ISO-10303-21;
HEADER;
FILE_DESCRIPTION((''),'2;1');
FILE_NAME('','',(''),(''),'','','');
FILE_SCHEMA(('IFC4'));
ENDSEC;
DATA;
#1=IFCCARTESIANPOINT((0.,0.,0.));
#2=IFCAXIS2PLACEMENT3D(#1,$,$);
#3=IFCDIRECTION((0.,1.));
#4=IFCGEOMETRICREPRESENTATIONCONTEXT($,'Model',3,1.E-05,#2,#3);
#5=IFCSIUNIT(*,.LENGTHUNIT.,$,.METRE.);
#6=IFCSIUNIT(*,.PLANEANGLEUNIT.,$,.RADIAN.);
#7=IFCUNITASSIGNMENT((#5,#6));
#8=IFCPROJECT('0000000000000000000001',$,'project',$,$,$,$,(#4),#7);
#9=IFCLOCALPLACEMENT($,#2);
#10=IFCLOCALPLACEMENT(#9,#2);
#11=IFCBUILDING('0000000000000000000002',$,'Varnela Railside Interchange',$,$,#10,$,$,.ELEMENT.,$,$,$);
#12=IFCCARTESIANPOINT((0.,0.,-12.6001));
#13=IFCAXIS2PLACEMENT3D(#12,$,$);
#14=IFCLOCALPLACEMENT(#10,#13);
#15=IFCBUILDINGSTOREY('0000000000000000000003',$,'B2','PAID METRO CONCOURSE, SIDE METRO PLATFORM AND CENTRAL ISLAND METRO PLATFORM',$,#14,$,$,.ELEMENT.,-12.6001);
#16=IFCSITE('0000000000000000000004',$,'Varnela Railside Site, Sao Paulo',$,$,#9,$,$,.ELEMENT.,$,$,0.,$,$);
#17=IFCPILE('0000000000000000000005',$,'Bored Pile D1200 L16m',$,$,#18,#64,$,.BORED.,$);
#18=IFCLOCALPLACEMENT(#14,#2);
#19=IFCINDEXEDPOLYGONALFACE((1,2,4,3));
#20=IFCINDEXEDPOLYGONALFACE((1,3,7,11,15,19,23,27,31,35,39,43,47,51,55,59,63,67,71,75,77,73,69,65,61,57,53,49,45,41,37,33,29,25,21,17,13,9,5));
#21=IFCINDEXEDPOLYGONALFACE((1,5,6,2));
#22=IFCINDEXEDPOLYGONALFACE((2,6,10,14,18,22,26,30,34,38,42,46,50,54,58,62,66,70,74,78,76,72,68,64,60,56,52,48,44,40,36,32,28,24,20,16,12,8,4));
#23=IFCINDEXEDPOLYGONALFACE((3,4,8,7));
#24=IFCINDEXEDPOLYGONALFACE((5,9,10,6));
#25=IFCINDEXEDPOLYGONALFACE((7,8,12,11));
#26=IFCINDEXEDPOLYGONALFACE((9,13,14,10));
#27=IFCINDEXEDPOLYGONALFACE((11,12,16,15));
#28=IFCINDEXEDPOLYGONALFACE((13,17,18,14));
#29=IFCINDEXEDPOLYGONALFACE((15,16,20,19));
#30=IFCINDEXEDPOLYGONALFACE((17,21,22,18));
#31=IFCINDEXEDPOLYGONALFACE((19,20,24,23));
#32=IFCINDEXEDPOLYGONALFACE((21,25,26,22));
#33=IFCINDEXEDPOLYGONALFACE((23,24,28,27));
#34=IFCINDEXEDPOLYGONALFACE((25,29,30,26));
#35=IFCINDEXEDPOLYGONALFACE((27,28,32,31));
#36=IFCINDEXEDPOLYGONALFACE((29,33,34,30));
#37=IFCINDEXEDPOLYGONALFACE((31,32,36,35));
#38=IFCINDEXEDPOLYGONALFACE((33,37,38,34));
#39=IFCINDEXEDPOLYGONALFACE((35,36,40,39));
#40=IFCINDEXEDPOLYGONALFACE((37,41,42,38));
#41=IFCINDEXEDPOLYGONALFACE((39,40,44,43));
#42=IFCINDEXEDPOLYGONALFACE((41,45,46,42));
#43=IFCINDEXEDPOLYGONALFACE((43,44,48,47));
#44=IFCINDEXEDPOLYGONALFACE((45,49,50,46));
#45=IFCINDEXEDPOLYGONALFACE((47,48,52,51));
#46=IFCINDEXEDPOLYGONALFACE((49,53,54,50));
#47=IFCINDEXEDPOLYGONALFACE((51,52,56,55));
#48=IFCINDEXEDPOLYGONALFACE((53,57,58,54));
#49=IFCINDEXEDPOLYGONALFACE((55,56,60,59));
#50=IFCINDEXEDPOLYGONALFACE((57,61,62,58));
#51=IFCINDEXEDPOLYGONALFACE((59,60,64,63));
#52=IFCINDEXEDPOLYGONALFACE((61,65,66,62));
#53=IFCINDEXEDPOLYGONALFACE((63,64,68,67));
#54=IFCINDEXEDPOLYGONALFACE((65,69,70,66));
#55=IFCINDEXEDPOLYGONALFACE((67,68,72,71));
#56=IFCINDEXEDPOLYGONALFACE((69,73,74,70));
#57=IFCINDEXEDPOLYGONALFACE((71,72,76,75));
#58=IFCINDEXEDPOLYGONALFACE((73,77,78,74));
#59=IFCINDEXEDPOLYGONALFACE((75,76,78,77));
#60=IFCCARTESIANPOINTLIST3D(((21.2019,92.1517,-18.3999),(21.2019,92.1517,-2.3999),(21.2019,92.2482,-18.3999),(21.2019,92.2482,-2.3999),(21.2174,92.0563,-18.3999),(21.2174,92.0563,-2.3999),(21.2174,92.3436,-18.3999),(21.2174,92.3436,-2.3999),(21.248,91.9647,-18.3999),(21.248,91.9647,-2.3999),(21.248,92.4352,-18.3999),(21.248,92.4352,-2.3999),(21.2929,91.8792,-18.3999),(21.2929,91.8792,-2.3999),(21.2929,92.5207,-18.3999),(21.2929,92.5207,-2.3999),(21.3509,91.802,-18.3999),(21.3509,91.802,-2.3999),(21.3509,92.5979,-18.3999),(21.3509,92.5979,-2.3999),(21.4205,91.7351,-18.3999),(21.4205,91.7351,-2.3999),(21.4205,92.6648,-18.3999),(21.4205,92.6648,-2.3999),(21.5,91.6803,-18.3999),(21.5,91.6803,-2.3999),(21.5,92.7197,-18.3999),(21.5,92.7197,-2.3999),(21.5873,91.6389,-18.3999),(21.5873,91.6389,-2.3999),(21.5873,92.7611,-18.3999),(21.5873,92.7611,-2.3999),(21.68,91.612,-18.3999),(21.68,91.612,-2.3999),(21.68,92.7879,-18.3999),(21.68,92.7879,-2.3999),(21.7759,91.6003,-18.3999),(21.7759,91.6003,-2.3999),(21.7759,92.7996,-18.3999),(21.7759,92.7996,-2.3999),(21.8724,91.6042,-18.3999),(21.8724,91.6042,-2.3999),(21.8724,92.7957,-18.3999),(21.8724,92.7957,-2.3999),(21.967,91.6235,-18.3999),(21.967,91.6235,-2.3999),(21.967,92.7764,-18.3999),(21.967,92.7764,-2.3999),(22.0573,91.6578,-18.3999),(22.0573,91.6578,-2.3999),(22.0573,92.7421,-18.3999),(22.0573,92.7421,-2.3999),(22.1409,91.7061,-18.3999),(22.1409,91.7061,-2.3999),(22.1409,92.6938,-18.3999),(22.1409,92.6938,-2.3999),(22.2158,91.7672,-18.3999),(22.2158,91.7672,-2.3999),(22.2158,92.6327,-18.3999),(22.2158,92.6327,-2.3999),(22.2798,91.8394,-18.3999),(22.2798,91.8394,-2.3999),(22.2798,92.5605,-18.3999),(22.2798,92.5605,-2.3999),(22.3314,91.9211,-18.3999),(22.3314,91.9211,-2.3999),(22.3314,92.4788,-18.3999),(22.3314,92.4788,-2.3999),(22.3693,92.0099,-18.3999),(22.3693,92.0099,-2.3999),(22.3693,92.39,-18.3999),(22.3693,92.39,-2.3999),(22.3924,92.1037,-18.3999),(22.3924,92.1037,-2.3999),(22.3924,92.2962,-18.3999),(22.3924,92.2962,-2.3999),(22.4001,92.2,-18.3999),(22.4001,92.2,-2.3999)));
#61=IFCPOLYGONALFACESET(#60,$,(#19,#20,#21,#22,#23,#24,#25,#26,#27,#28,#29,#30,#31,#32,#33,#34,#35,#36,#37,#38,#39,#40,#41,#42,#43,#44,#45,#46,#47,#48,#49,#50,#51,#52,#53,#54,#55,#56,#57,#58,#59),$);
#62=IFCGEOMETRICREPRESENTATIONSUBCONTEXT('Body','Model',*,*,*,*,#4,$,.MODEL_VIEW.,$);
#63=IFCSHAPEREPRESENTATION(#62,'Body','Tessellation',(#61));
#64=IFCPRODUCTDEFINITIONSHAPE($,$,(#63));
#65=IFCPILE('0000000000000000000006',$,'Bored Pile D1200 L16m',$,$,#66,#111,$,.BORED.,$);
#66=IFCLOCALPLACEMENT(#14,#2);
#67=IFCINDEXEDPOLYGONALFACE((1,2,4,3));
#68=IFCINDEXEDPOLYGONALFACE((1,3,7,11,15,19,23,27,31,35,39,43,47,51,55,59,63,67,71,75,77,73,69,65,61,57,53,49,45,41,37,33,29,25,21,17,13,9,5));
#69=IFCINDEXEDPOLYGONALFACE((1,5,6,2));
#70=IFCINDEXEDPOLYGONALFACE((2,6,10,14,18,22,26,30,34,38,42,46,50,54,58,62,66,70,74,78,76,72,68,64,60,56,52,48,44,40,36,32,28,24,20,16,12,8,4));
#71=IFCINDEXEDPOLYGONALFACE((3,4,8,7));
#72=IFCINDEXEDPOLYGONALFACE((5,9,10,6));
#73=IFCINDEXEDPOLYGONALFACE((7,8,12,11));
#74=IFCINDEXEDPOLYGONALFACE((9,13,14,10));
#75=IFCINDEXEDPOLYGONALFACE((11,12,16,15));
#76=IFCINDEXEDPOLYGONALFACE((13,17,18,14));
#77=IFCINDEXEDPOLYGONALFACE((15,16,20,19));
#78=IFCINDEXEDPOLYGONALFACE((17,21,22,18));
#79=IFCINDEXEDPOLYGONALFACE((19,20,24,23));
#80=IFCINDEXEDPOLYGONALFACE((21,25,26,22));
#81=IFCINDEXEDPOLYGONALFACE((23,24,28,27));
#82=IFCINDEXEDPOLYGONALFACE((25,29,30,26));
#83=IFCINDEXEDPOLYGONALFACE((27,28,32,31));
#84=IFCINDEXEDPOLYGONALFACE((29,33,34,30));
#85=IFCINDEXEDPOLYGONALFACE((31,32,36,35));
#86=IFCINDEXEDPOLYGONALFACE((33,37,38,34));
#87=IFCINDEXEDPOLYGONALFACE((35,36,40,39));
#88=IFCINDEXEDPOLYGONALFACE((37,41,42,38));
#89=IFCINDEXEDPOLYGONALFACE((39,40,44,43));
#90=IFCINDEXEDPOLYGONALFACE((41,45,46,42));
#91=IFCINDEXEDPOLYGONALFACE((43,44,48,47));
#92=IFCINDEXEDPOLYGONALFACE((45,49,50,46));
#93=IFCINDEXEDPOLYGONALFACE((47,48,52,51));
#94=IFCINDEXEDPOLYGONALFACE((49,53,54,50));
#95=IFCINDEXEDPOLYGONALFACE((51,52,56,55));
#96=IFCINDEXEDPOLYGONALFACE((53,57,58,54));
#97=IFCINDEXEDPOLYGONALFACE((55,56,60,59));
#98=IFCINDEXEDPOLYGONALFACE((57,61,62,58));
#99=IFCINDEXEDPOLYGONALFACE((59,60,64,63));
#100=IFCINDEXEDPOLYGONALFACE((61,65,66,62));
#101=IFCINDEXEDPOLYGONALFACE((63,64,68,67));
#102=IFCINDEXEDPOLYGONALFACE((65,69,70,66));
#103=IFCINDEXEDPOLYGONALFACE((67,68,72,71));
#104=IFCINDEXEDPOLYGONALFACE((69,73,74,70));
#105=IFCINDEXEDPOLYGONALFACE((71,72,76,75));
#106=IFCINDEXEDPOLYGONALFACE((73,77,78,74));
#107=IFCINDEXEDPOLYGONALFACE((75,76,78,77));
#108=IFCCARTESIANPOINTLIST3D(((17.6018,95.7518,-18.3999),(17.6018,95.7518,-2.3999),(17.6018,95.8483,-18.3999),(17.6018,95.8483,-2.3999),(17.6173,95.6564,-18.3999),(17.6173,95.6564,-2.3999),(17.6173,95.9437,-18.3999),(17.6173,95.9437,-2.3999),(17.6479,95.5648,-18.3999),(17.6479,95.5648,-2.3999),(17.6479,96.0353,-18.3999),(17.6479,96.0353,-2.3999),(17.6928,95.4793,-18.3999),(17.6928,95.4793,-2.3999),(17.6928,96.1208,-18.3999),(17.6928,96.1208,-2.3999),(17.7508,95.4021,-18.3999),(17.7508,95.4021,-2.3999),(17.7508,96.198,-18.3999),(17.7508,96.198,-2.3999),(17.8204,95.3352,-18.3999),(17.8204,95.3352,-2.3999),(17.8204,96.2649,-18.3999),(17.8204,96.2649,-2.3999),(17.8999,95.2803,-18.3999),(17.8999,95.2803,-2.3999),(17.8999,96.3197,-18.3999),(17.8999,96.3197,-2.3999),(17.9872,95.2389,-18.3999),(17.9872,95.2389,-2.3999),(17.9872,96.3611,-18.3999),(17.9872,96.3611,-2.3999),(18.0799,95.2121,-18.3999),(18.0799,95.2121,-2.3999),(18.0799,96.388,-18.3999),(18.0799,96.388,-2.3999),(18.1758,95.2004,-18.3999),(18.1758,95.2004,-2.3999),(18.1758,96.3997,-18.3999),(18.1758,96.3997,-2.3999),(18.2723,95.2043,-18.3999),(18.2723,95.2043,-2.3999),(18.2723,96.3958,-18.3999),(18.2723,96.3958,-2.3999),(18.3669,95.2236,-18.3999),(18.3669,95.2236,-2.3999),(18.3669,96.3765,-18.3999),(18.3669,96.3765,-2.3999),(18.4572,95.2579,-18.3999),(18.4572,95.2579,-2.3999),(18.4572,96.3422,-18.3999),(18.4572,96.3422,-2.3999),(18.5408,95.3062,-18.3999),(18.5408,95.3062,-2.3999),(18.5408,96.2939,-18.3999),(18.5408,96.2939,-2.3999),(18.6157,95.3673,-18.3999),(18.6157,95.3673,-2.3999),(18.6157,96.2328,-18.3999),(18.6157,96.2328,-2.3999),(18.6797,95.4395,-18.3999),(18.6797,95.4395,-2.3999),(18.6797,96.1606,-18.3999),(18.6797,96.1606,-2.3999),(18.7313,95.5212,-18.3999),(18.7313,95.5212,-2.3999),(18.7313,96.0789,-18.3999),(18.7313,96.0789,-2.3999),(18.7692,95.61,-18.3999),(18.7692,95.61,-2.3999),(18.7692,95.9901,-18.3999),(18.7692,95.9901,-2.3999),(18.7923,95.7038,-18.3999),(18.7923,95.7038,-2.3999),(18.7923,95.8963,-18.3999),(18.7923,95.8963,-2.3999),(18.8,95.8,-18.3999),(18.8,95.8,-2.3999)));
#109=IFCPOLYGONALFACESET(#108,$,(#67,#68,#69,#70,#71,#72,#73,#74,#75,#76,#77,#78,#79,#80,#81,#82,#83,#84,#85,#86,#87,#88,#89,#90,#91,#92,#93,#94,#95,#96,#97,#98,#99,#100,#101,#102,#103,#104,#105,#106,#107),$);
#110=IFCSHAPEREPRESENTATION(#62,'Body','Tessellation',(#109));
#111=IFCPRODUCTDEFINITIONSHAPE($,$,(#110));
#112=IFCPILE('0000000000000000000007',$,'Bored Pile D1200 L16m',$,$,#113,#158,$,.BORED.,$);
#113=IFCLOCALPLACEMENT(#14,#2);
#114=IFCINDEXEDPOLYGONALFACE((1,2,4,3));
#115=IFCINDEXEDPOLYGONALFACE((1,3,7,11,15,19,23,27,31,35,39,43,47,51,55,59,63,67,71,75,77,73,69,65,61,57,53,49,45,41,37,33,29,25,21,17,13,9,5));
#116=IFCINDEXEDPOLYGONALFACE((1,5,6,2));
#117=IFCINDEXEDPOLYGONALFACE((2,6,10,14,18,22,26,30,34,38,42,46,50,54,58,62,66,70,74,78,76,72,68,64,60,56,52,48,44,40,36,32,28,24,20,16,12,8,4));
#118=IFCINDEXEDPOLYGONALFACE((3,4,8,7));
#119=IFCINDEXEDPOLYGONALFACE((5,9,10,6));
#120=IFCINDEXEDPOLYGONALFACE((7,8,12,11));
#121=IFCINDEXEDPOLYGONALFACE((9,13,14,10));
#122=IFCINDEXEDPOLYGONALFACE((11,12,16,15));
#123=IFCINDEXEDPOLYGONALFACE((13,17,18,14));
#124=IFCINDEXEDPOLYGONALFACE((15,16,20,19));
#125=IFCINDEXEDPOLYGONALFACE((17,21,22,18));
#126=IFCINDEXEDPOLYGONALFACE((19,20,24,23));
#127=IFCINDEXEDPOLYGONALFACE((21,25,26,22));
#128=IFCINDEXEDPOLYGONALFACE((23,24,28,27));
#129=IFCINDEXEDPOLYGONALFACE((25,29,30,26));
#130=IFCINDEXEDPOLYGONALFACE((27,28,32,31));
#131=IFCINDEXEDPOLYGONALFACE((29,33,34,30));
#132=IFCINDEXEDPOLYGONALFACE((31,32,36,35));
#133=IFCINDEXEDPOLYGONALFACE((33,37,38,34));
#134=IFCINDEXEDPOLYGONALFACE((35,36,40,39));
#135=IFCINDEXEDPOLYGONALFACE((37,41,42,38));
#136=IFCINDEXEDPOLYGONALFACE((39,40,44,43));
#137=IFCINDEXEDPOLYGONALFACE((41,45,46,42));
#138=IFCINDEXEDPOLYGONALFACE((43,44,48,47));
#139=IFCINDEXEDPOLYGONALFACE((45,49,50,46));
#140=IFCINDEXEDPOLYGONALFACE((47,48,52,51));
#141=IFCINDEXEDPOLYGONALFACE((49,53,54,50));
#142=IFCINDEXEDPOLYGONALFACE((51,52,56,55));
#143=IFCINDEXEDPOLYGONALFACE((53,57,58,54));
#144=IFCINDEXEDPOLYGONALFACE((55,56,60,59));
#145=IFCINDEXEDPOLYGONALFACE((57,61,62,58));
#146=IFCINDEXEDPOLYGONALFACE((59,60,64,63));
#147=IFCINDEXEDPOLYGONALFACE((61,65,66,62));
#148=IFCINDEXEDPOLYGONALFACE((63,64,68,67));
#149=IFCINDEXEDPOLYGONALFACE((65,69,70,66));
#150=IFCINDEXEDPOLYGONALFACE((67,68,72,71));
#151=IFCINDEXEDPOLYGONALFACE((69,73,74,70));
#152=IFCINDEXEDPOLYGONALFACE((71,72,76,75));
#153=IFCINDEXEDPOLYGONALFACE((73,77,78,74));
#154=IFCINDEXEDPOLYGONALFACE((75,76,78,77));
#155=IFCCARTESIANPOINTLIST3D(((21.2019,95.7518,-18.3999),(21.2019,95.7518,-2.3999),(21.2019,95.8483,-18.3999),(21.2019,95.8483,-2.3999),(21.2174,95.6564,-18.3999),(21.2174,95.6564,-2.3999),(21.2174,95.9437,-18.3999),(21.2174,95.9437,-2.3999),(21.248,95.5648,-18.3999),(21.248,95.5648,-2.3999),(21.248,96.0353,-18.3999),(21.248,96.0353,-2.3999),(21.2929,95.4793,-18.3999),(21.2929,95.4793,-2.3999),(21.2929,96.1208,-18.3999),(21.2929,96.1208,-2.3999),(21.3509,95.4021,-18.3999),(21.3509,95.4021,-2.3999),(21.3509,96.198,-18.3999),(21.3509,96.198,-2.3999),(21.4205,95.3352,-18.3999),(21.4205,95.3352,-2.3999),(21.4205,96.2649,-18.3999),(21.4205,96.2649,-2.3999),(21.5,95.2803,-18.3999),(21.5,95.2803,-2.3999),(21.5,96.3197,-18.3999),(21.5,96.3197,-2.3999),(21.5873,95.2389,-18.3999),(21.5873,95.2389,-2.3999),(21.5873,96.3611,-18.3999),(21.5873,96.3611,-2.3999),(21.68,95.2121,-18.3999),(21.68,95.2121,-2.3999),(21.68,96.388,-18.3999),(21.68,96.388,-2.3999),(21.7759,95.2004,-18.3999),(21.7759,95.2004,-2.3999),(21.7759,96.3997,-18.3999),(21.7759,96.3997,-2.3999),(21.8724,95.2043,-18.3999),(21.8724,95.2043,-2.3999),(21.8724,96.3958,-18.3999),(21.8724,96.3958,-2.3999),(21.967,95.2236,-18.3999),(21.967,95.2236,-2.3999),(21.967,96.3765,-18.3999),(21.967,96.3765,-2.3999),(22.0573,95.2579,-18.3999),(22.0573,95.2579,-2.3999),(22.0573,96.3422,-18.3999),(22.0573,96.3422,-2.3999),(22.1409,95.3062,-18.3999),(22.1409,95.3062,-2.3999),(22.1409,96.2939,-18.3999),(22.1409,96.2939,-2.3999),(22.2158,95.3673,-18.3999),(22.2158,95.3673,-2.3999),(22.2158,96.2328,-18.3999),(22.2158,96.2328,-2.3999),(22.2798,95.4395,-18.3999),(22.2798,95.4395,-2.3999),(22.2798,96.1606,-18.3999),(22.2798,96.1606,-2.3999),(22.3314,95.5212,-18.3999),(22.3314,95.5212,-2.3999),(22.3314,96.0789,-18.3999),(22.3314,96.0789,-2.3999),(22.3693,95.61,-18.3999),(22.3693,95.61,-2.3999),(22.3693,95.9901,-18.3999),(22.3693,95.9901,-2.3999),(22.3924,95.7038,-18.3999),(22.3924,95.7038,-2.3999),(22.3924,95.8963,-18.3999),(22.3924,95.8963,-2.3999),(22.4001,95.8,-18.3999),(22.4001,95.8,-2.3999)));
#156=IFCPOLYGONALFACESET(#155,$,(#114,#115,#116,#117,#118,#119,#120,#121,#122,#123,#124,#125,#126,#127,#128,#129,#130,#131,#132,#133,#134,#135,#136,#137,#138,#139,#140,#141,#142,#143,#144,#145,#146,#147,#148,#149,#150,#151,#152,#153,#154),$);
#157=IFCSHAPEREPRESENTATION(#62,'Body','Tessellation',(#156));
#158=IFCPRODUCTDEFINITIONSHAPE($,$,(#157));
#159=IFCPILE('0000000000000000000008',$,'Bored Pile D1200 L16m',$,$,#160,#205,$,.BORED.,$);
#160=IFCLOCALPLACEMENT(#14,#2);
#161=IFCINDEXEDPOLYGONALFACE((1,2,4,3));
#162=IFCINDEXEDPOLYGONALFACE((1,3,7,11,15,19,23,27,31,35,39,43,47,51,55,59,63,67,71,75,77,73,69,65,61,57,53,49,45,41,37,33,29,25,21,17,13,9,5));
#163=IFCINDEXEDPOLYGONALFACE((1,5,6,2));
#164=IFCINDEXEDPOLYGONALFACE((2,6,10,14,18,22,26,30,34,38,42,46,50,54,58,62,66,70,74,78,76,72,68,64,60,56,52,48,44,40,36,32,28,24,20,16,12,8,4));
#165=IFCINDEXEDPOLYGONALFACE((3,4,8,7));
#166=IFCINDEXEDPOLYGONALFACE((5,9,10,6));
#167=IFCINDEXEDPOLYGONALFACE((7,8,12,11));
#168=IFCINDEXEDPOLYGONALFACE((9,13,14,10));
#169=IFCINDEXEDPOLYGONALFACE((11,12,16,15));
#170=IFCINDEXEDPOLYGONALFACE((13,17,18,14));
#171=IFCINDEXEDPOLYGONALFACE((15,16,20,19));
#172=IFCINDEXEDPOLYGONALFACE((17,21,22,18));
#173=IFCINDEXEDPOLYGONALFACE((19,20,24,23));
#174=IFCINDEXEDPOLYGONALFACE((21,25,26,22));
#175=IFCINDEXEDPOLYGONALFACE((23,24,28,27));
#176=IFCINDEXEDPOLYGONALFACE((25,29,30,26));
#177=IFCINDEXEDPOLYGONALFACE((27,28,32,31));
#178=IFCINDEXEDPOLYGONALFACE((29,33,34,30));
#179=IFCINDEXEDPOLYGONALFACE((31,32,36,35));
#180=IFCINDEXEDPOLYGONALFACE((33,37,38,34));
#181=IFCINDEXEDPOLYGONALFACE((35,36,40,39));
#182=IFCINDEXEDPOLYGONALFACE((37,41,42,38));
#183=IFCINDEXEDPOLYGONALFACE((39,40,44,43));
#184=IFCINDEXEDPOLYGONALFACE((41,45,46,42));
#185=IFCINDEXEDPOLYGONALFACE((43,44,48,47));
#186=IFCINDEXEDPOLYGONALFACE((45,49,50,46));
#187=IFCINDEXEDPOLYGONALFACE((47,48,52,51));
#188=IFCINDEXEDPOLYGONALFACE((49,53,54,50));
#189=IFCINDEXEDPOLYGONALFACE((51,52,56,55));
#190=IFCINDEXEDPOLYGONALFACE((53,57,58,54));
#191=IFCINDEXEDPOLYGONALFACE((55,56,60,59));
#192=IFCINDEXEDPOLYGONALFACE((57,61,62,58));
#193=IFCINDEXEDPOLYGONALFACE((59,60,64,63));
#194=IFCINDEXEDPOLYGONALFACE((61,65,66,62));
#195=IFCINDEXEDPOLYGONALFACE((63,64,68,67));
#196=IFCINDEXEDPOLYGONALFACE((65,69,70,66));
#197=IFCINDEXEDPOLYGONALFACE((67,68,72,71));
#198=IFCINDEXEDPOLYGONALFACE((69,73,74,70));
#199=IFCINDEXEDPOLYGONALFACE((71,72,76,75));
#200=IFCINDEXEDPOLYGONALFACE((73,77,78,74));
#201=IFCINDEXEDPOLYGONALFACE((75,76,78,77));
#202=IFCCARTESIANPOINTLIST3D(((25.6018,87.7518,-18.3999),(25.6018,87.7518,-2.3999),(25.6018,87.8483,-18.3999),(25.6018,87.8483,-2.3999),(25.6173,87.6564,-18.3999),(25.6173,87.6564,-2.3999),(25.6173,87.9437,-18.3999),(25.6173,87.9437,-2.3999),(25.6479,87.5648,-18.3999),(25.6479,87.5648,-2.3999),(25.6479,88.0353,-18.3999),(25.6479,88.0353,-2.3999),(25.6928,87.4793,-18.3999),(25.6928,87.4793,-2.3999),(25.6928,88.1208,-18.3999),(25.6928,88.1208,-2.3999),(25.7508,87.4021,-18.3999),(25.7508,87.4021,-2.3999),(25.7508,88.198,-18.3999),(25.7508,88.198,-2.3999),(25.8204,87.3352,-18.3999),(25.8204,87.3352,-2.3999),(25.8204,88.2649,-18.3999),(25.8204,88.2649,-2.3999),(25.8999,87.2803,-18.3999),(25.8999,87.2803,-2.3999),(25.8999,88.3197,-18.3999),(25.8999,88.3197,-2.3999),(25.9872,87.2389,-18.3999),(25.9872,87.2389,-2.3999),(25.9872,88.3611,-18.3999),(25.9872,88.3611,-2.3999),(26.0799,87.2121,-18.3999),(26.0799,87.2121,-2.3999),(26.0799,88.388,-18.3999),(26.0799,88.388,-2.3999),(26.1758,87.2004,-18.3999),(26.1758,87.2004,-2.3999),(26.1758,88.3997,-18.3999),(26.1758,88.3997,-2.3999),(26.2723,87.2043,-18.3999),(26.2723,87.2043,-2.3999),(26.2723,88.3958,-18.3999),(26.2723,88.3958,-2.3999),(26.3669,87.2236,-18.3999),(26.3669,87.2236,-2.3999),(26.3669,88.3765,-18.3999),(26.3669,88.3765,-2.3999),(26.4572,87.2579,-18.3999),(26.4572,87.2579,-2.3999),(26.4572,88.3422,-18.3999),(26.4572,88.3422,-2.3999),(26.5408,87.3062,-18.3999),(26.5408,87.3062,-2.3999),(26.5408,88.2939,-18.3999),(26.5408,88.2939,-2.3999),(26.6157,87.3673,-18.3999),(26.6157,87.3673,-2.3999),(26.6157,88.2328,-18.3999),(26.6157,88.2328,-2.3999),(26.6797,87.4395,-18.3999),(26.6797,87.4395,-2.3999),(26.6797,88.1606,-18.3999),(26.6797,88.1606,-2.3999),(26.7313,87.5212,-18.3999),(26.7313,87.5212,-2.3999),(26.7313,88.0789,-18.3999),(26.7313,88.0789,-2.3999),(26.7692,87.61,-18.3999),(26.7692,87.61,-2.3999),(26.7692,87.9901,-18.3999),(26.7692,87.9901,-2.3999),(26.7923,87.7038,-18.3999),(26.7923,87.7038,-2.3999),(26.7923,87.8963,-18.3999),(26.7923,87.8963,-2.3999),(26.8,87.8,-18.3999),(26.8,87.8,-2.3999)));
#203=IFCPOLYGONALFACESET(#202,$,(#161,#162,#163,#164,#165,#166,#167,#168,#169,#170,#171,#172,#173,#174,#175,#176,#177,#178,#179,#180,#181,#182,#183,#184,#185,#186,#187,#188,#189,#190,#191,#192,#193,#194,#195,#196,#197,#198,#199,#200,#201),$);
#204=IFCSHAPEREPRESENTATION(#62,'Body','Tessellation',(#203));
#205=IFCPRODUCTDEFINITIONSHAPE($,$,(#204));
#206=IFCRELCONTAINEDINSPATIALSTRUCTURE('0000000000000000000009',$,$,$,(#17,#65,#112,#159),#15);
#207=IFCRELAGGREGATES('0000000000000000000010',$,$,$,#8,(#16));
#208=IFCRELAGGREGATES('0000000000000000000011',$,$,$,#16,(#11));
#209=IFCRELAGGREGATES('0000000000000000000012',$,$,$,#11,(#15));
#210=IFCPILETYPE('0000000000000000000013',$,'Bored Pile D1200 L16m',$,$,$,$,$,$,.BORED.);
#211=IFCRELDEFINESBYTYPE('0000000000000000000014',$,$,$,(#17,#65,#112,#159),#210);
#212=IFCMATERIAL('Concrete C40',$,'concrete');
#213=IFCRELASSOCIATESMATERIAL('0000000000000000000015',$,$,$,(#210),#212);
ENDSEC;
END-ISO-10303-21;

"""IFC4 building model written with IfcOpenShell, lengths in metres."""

from ifc_helpers import new_model, si_unit, direction, frame, origin, origin_2d, place, context, subcontext, project, spatial, circle, extrude, material, material_profile, profile_set, type_object, element, save


model = new_model("IFC4")

# Units and contexts
model_context = context("Model", 3, precision=1e-05, world=origin(), true_north=direction((0.0, 1.0)))
body_context = subcontext(model_context, "Body", "Model", "MODEL_VIEW")
ifc_project = project(units=[si_unit("LENGTHUNIT", "METRE"), si_unit("PLANEANGLEUNIT", "RADIAN")], contexts=[model_context])

# Site, building, storey
site_placement = place(None, origin())
site = spatial("IfcSite", under=ifc_project, at=site_placement, Name="Varnela Railside Site, Sao Paulo", CompositionType="ELEMENT", RefElevation=0.0)
building_placement = place(site_placement, origin())
building = spatial("IfcBuilding", under=site, at=building_placement, Name="Varnela Railside Interchange", CompositionType="ELEMENT")
storey_placement = place(building_placement, frame((0.0, 0.0, -12.6001)))
storey = spatial("IfcBuildingStorey", under=building, at=storey_placement, Name="B2", Description="PAID METRO CONCOURSE, SIDE METRO PLATFORM AND CENTRAL ISLAND METRO PLATFORM", CompositionType="ELEMENT", Elevation=-12.6001)

# Piles
ifc_material_1 = material(Name="Concrete C40", Category="concrete")
ifc_material_profile_1 = material_profile(ifc_material_1, circle(Radius=0.6001, at=origin_2d()), Name="BORED PILE D1200")
ifc_profile_set_1 = profile_set([ifc_material_profile_1], Name="Concrete C40")
pile_type = type_object("IfcPileType", Name="Bored Pile D1200 L16m", PredefinedType="BORED", material=ifc_profile_set_1)
for number, where, z_axis, x_axis, name in (
    (1, (21.8, 92.2, -2.3999), (0.0, 0.0, -1.0), (1.0, 0.0, 0.0), "Bored Pile D1200 L16m"),
    (2, (18.2, 95.8, -2.3999), (0.0, 0.0, -1.0), (1.0, 0.0, 0.0), "Bored Pile D1200 L16m"),
    (3, (21.8, 95.8, -2.3999), (0.0, 0.0, -1.0), (1.0, 0.0, 0.0), "Bored Pile D1200 L16m"),
    (4, (26.2, 87.8, -2.3999), (0.0, 0.0, -1.0), (1.0, 0.0, 0.0), "Bored Pile D1200 L16m"),
):
    element("IfcPile", number, at=place(storey_placement, frame(where, z_axis=z_axis, x_axis=x_axis)), inside=storey, type_object=pile_type, Name=name, PredefinedType="BORED", context=body_context, shape_type="SweptSolid", body=[
        extrude(circle(Radius=0.6001, at=origin_2d()), origin(), (0.0, 0.0, 1.0), 16.0),
    ])

save(model, "model.ifc")
